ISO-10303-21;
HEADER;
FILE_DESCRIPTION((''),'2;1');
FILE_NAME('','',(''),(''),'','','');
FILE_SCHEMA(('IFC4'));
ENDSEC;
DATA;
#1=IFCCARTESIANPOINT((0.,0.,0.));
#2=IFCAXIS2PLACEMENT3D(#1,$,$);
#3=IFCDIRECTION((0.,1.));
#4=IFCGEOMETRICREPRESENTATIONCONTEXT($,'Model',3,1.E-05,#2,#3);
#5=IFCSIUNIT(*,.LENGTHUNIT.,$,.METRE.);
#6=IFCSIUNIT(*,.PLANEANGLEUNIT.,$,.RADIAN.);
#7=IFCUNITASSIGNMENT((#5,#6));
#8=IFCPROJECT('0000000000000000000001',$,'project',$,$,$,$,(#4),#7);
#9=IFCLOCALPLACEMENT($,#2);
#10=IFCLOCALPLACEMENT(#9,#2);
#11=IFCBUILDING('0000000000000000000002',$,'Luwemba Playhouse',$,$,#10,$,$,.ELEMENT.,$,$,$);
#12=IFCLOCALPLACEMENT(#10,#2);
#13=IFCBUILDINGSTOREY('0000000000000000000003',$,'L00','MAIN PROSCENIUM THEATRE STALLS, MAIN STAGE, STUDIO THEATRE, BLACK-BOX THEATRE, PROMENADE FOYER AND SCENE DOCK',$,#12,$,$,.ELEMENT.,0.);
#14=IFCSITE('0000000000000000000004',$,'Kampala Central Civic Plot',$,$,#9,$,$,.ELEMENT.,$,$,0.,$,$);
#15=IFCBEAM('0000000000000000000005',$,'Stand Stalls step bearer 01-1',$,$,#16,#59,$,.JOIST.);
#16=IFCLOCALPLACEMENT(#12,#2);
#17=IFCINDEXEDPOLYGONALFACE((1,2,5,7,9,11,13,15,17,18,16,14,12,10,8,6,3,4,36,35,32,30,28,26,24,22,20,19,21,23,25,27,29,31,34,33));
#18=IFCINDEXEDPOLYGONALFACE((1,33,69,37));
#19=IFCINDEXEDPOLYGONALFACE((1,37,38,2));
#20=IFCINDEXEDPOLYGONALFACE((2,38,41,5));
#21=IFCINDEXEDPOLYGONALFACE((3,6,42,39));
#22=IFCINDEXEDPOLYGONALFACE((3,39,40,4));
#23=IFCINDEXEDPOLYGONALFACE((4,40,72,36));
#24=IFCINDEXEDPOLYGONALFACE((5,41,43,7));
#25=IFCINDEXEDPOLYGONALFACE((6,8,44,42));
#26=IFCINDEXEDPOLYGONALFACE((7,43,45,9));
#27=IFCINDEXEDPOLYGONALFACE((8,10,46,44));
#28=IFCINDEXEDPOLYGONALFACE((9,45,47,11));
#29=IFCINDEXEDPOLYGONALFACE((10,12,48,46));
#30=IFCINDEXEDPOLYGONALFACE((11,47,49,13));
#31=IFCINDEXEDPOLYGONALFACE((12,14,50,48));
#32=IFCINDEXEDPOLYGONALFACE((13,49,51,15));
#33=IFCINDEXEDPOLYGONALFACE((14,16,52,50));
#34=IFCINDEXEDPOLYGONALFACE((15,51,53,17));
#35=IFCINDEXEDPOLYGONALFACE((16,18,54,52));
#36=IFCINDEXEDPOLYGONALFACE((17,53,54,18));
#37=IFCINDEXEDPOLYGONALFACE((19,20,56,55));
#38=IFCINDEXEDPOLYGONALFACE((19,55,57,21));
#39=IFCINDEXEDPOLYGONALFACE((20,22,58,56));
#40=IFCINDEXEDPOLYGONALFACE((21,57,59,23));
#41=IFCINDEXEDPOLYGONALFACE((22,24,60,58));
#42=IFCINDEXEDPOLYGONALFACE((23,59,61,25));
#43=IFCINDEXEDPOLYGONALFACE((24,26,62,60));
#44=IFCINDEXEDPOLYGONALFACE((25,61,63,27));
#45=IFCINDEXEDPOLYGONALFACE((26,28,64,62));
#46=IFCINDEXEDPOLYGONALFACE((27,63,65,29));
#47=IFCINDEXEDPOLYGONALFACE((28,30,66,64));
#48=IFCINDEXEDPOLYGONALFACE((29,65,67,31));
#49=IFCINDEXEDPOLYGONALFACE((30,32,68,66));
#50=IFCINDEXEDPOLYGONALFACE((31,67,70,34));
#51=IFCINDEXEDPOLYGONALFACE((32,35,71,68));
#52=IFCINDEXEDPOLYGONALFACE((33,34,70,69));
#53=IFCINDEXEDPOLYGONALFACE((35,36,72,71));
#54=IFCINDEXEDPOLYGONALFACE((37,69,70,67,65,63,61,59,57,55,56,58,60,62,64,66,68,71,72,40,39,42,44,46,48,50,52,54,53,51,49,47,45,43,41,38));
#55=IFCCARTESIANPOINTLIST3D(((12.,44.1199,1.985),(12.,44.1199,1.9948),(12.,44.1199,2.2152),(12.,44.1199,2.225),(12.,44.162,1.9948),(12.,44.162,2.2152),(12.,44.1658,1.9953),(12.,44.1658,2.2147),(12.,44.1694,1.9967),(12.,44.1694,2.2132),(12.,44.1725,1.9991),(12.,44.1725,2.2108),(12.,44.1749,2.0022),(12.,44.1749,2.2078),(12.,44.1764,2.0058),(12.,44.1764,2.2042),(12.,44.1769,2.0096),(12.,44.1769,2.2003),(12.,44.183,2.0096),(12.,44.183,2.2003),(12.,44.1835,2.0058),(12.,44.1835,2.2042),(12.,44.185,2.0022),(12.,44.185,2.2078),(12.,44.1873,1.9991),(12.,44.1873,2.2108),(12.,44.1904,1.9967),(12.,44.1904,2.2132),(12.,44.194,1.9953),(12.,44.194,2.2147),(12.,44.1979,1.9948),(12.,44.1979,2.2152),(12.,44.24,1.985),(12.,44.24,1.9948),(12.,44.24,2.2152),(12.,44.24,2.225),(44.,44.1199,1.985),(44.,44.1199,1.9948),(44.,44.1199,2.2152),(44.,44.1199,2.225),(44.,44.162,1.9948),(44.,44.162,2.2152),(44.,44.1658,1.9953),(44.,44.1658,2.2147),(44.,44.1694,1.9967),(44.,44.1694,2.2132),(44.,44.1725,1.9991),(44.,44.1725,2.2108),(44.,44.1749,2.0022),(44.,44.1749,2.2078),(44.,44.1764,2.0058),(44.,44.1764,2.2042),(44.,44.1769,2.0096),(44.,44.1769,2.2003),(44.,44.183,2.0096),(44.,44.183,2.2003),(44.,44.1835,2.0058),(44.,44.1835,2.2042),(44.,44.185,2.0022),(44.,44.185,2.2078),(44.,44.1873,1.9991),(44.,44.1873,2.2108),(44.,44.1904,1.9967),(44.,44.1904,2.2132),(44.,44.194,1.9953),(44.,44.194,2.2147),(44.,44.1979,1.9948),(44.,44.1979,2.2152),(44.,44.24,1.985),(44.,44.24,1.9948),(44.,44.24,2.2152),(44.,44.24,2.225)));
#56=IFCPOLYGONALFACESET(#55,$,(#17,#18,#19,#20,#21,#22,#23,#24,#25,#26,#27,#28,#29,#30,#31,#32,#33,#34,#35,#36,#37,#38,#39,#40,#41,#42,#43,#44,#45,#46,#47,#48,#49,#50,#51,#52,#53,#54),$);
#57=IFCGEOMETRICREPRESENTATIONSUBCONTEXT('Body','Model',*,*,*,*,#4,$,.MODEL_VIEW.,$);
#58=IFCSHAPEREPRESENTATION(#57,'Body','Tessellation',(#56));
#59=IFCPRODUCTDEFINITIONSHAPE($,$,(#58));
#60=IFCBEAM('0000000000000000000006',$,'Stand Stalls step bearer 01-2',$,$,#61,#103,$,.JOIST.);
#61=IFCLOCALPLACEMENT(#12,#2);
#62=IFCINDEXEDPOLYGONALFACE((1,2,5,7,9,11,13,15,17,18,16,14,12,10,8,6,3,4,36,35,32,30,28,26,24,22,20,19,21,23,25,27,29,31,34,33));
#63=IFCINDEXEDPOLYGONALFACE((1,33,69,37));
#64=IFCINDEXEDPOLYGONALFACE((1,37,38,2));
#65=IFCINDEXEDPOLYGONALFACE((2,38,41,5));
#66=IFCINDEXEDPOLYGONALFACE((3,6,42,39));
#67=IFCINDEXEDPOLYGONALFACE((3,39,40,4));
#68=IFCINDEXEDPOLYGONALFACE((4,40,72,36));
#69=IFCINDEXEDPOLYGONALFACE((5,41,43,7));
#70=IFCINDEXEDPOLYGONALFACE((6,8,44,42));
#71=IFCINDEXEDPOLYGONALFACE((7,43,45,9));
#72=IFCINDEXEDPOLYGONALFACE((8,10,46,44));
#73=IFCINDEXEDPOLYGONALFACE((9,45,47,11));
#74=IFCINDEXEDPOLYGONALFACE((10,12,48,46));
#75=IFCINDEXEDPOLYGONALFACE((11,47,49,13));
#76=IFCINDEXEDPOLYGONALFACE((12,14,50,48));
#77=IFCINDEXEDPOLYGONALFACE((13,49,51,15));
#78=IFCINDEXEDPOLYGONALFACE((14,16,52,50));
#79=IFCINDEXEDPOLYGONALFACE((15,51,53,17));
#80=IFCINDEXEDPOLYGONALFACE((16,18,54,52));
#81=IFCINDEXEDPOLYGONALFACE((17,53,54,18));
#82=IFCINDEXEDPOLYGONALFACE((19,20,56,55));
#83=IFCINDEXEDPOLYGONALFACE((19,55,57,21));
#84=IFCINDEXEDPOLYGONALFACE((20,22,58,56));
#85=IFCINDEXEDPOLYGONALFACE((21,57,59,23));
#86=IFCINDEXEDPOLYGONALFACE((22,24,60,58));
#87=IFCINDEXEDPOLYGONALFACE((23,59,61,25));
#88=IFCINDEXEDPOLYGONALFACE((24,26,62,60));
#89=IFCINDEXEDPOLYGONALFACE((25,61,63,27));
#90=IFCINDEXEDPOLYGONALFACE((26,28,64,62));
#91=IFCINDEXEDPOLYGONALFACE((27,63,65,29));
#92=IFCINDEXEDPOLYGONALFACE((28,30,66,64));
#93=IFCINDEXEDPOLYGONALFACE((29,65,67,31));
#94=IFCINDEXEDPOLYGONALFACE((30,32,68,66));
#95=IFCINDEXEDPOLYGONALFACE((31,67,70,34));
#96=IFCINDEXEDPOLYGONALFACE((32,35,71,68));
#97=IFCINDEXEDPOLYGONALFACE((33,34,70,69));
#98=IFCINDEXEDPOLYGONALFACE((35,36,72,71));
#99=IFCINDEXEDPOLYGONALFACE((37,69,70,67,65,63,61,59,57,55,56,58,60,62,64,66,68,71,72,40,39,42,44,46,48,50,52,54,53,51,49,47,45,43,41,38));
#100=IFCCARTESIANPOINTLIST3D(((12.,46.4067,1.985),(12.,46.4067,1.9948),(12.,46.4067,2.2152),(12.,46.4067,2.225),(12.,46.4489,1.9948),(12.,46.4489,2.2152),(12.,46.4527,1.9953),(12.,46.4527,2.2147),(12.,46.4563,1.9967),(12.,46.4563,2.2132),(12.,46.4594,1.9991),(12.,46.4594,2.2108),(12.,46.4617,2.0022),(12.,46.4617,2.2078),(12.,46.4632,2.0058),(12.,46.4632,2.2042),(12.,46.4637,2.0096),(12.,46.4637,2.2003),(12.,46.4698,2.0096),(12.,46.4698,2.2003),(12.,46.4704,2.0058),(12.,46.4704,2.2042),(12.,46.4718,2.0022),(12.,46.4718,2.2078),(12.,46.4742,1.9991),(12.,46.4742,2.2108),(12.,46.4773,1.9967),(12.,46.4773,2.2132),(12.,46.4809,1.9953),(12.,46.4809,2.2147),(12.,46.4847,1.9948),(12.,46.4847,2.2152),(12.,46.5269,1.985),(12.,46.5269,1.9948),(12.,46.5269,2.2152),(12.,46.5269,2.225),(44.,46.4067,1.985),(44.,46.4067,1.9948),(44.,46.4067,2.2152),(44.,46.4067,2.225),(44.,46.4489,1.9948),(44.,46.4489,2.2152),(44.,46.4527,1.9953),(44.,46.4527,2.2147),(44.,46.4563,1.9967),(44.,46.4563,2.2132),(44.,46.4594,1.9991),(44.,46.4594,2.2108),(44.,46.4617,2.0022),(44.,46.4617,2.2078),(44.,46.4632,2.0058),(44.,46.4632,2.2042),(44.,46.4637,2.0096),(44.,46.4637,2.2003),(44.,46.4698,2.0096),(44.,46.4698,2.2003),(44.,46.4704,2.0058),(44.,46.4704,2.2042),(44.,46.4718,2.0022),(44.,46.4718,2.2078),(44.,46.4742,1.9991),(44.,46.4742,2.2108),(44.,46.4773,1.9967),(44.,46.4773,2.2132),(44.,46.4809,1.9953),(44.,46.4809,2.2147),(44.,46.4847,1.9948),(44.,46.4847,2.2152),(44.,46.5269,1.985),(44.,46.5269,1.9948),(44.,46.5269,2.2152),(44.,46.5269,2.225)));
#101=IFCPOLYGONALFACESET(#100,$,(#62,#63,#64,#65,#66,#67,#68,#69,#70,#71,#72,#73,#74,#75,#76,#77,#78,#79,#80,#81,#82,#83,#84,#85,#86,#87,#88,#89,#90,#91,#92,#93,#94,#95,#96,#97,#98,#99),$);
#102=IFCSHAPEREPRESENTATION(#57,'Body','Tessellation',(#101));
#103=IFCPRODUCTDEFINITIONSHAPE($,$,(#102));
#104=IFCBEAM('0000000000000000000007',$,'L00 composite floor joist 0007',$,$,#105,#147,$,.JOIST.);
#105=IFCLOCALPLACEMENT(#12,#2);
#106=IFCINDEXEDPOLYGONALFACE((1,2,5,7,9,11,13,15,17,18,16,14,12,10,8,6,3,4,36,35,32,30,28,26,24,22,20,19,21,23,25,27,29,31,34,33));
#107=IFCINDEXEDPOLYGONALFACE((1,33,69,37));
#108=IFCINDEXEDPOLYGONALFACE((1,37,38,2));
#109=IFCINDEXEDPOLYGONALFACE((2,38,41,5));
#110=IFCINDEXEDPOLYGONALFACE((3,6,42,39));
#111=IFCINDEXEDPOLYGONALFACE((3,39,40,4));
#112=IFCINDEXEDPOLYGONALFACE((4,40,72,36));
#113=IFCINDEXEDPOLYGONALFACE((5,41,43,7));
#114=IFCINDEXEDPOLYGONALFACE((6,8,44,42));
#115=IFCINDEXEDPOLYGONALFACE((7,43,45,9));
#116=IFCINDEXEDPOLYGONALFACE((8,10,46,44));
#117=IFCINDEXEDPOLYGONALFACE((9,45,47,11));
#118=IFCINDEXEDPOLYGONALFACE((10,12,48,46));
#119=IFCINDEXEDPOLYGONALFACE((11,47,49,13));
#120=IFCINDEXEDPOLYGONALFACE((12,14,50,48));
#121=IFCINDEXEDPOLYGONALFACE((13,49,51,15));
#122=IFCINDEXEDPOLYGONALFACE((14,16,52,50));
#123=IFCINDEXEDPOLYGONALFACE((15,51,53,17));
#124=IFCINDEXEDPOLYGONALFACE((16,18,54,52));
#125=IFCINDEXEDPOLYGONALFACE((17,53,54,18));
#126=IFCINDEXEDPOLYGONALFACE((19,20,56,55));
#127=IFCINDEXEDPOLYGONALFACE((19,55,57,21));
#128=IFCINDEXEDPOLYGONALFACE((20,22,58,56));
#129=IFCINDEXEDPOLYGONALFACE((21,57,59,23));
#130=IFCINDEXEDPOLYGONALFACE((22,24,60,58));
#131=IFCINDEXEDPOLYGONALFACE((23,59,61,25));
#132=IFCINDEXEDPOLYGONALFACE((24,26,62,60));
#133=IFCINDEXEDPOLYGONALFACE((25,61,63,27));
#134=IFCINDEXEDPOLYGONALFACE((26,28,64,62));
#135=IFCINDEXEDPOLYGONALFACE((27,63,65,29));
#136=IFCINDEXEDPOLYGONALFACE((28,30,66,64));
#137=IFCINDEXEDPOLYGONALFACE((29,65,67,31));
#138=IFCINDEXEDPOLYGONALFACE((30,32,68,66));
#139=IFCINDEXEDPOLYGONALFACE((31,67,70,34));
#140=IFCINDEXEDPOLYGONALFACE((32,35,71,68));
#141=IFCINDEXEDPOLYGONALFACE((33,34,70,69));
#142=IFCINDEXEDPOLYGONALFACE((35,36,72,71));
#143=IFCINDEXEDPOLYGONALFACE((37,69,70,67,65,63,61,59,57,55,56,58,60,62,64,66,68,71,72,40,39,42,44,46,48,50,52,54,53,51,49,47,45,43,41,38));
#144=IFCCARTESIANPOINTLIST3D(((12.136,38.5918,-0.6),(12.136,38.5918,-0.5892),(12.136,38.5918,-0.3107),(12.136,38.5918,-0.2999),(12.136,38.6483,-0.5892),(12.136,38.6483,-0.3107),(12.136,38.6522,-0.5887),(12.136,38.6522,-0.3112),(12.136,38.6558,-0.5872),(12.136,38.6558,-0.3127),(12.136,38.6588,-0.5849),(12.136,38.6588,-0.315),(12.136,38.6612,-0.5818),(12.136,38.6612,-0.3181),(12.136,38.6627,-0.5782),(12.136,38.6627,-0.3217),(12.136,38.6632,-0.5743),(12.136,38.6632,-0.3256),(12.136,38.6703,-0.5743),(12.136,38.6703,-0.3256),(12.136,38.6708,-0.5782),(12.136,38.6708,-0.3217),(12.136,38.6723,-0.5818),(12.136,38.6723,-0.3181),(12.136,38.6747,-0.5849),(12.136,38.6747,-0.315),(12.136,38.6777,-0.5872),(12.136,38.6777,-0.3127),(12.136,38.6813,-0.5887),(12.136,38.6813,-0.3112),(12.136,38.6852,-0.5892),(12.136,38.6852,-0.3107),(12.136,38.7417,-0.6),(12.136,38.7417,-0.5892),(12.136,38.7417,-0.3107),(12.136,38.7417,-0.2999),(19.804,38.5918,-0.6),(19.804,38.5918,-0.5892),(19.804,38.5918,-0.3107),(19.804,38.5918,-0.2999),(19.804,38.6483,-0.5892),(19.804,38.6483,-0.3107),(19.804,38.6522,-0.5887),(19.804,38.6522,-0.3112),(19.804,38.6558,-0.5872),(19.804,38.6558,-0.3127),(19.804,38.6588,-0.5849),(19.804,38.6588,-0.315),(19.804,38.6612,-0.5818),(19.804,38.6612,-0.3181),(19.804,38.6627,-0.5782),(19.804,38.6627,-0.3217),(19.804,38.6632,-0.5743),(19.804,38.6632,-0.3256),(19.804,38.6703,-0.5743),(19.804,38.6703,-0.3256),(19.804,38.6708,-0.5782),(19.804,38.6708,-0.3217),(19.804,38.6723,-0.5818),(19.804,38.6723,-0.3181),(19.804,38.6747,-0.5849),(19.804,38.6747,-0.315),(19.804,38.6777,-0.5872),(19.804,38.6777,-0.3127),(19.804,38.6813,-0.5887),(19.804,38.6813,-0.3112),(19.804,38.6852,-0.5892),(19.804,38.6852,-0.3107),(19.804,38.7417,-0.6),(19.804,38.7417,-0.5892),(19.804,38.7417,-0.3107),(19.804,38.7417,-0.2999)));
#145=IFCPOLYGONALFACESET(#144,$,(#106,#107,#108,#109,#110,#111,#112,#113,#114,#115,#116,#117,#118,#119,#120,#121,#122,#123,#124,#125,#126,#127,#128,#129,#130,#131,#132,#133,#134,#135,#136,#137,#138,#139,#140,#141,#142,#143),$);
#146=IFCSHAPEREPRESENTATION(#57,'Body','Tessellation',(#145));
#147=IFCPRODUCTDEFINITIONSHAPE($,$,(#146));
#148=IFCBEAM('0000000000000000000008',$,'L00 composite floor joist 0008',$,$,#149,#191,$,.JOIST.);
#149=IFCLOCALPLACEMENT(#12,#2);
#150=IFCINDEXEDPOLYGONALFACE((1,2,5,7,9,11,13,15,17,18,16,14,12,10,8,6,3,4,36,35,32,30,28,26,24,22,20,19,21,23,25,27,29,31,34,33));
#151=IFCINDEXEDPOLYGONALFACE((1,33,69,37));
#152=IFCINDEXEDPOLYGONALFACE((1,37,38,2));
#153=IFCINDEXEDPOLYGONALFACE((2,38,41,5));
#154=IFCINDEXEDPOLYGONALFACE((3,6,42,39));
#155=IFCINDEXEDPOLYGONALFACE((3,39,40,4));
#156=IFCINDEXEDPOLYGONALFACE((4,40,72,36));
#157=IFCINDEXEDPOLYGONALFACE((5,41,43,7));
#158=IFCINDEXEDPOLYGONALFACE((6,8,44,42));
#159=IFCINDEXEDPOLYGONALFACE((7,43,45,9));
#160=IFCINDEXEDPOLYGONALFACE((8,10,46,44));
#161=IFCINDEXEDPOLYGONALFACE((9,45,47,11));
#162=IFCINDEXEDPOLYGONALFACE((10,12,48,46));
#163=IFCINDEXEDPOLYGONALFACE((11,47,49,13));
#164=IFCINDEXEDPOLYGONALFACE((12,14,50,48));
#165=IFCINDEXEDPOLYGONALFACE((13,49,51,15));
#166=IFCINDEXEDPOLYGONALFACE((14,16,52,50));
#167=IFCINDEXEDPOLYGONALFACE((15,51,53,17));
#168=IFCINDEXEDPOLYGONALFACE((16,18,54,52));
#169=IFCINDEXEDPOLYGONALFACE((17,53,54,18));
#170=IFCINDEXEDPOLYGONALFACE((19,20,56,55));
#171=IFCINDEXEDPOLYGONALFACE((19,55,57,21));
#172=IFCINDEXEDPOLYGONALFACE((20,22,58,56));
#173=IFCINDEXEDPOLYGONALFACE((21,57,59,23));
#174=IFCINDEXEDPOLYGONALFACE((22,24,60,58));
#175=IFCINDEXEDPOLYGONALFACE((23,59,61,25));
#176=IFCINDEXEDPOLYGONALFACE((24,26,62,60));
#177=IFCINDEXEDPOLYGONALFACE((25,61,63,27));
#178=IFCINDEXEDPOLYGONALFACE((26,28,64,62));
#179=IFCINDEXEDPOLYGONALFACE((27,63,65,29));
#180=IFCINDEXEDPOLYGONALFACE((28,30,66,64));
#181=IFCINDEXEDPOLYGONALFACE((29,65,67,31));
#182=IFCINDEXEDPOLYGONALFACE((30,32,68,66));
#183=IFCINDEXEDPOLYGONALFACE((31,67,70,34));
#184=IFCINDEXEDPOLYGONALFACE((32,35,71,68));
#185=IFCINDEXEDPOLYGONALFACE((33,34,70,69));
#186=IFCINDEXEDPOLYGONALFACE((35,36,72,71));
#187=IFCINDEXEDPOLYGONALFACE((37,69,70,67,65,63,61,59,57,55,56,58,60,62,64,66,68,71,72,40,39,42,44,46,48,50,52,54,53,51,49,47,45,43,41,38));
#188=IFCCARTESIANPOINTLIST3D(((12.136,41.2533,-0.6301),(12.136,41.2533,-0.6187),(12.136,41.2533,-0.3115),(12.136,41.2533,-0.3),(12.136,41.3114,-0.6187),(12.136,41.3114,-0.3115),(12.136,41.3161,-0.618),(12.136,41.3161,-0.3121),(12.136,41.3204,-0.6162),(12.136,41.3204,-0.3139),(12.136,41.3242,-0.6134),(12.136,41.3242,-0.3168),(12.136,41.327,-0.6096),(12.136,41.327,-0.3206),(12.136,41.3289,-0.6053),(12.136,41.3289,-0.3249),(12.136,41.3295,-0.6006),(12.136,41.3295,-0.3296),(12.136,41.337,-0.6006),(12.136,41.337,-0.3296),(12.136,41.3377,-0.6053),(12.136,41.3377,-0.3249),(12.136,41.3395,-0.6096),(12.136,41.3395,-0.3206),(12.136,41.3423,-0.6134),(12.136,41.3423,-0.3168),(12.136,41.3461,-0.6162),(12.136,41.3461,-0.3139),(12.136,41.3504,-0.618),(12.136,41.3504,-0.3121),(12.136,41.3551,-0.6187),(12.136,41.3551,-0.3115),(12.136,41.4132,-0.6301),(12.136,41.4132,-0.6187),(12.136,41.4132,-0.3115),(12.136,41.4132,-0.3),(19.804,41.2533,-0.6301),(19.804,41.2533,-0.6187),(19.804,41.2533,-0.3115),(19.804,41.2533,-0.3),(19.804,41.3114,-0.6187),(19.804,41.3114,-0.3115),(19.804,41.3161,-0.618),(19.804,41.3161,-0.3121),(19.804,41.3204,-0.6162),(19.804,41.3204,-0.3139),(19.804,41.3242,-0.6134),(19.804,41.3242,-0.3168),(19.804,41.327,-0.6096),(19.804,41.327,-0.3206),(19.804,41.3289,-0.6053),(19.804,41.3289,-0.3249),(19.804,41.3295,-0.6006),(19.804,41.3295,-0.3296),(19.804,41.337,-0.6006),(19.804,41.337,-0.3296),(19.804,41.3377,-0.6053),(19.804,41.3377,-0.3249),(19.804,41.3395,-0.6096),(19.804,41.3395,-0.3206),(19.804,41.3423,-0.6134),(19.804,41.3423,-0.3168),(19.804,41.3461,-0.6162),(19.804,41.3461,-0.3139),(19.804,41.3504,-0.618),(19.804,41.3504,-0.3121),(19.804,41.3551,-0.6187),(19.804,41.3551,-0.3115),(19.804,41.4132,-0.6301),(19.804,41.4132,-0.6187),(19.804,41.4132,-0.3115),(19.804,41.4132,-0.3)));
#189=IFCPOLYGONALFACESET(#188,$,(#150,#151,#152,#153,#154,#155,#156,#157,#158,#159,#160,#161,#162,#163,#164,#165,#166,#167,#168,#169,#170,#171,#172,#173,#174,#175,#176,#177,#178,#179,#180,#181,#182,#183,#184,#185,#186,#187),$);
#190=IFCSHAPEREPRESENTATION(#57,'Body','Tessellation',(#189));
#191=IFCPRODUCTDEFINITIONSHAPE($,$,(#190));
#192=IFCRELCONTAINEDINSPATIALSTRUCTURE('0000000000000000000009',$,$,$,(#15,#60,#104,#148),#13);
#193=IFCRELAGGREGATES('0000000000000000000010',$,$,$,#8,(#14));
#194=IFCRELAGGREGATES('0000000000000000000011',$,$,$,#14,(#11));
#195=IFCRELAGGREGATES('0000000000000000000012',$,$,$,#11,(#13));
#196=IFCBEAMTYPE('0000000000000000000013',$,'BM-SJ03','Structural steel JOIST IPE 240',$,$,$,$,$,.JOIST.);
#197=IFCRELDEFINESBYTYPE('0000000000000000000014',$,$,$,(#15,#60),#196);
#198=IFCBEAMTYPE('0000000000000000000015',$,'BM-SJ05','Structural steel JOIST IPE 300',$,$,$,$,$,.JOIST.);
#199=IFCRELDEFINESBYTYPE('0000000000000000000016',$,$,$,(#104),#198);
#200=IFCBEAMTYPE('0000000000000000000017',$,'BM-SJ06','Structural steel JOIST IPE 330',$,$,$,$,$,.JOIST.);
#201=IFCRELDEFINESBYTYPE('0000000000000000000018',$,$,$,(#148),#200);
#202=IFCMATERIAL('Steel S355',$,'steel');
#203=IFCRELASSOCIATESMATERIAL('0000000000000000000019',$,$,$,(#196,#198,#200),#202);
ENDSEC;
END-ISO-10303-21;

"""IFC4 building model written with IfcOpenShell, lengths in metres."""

from ifc_helpers import new_model, si_unit, direction, frame, origin, origin_2d, place, context, subcontext, project, spatial, i_section, extrude, material, material_profile, profile_set, type_object, element, save


model = new_model("IFC4")

# Units and contexts
model_context = context("Model", 3, precision=1e-05, world=origin(), true_north=direction((0.0, 1.0)))
body_context = subcontext(model_context, "Body", "Model", "MODEL_VIEW")
ifc_project = project(units=[si_unit("LENGTHUNIT", "METRE"), si_unit("PLANEANGLEUNIT", "RADIAN")], contexts=[model_context])

# Site, building, storey
site_placement = place(None, origin())
site = spatial("IfcSite", under=ifc_project, at=site_placement, Name="Kampala Central Civic Plot", CompositionType="ELEMENT", RefElevation=0.0)
building_placement = place(site_placement, origin())
building = spatial("IfcBuilding", under=site, at=building_placement, Name="Luwemba Playhouse", CompositionType="ELEMENT")
storey_placement = place(building_placement, origin())
storey = spatial("IfcBuildingStorey", under=building, at=storey_placement, Name="L00", Description="MAIN PROSCENIUM THEATRE STALLS, MAIN STAGE, STUDIO THEATRE, BLACK-BOX THEATRE, PROMENADE FOYER AND SCENE DOCK", CompositionType="ELEMENT", Elevation=0.0)

# Beams
ifc_material_1 = material(Name="Steel S355", Category="steel")
ifc_material_profile_1 = material_profile(ifc_material_1, i_section(OverallWidth=0.1201, OverallDepth=0.24, WebThickness=0.0061, FlangeThickness=0.0098, FilletRadius=0.0149, at=origin_2d()))
ifc_profile_set_1 = profile_set([ifc_material_profile_1], Name="Steel S355")
beam_type_1 = type_object("IfcBeamType", Name="BM-SJ03", Description="Structural steel JOIST IPE 240", PredefinedType="JOIST", material=ifc_profile_set_1)
for number, where, z_axis, x_axis, name in (
    (1, (12.0, 44.1799, 2.105), (1.0, 0.0, 0.0), (0.0, 1.0, 0.0), "Stand Stalls step bearer 01-1"),
    (2, (12.0, 46.4668, 2.105), (1.0, 0.0, 0.0), (0.0, 1.0, 0.0), "Stand Stalls step bearer 01-2"),
):
    element("IfcBeam", number, at=place(storey_placement, frame(where, z_axis=z_axis, x_axis=x_axis)), inside=storey, type_object=beam_type_1, Name=name, PredefinedType="JOIST", context=body_context, shape_type="SweptSolid", body=[
        extrude(i_section(OverallWidth=0.1201, OverallDepth=0.24, WebThickness=0.0061, FlangeThickness=0.0098, FilletRadius=0.0149, at=origin_2d()), origin(), (0.0, 0.0, 1.0), 32.0),
    ])
ifc_material_profile_2 = material_profile(ifc_material_1, i_section(OverallWidth=0.1499, OverallDepth=0.3, WebThickness=0.0071, FlangeThickness=0.0107, FilletRadius=0.0149, at=origin_2d()))
ifc_profile_set_2 = profile_set([ifc_material_profile_2], Name="Steel S355")
beam_type_2 = type_object("IfcBeamType", Name="BM-SJ05", Description="Structural steel JOIST IPE 300", PredefinedType="JOIST", material=ifc_profile_set_2)
beam_1_placement = place(storey_placement, frame((12.136, 38.6667, -0.45), z_axis=(1.0, 0.0, 0.0), x_axis=(0.0, 1.0, 0.0)))
element("IfcBeam", 3, at=beam_1_placement, inside=storey, type_object=beam_type_2, Name="L00 composite floor joist 0007", PredefinedType="JOIST", context=body_context, shape_type="SweptSolid", body=[
    extrude(i_section(OverallWidth=0.1499, OverallDepth=0.3, WebThickness=0.0071, FlangeThickness=0.0107, FilletRadius=0.0149, at=origin_2d()), origin(), (0.0, 0.0, 1.0), 7.668),
])
ifc_material_profile_3 = material_profile(ifc_material_1, i_section(OverallWidth=0.1599, OverallDepth=0.3301, WebThickness=0.0076, FlangeThickness=0.0115, FilletRadius=0.0181, at=origin_2d()))
ifc_profile_set_3 = profile_set([ifc_material_profile_3], Name="Steel S355")
beam_type_3 = type_object("IfcBeamType", Name="BM-SJ06", Description="Structural steel JOIST IPE 330", PredefinedType="JOIST", material=ifc_profile_set_3)
beam_2_placement = place(storey_placement, frame((12.136, 41.3333, -0.4651), z_axis=(1.0, 0.0, 0.0), x_axis=(0.0, 1.0, 0.0)))
element("IfcBeam", 4, at=beam_2_placement, inside=storey, type_object=beam_type_3, Name="L00 composite floor joist 0008", PredefinedType="JOIST", context=body_context, shape_type="SweptSolid", body=[
    extrude(i_section(OverallWidth=0.1599, OverallDepth=0.3301, WebThickness=0.0076, FlangeThickness=0.0115, FilletRadius=0.0181, at=origin_2d()), origin(), (0.0, 0.0, 1.0), 7.668),
])

save(model, "model.ifc")
